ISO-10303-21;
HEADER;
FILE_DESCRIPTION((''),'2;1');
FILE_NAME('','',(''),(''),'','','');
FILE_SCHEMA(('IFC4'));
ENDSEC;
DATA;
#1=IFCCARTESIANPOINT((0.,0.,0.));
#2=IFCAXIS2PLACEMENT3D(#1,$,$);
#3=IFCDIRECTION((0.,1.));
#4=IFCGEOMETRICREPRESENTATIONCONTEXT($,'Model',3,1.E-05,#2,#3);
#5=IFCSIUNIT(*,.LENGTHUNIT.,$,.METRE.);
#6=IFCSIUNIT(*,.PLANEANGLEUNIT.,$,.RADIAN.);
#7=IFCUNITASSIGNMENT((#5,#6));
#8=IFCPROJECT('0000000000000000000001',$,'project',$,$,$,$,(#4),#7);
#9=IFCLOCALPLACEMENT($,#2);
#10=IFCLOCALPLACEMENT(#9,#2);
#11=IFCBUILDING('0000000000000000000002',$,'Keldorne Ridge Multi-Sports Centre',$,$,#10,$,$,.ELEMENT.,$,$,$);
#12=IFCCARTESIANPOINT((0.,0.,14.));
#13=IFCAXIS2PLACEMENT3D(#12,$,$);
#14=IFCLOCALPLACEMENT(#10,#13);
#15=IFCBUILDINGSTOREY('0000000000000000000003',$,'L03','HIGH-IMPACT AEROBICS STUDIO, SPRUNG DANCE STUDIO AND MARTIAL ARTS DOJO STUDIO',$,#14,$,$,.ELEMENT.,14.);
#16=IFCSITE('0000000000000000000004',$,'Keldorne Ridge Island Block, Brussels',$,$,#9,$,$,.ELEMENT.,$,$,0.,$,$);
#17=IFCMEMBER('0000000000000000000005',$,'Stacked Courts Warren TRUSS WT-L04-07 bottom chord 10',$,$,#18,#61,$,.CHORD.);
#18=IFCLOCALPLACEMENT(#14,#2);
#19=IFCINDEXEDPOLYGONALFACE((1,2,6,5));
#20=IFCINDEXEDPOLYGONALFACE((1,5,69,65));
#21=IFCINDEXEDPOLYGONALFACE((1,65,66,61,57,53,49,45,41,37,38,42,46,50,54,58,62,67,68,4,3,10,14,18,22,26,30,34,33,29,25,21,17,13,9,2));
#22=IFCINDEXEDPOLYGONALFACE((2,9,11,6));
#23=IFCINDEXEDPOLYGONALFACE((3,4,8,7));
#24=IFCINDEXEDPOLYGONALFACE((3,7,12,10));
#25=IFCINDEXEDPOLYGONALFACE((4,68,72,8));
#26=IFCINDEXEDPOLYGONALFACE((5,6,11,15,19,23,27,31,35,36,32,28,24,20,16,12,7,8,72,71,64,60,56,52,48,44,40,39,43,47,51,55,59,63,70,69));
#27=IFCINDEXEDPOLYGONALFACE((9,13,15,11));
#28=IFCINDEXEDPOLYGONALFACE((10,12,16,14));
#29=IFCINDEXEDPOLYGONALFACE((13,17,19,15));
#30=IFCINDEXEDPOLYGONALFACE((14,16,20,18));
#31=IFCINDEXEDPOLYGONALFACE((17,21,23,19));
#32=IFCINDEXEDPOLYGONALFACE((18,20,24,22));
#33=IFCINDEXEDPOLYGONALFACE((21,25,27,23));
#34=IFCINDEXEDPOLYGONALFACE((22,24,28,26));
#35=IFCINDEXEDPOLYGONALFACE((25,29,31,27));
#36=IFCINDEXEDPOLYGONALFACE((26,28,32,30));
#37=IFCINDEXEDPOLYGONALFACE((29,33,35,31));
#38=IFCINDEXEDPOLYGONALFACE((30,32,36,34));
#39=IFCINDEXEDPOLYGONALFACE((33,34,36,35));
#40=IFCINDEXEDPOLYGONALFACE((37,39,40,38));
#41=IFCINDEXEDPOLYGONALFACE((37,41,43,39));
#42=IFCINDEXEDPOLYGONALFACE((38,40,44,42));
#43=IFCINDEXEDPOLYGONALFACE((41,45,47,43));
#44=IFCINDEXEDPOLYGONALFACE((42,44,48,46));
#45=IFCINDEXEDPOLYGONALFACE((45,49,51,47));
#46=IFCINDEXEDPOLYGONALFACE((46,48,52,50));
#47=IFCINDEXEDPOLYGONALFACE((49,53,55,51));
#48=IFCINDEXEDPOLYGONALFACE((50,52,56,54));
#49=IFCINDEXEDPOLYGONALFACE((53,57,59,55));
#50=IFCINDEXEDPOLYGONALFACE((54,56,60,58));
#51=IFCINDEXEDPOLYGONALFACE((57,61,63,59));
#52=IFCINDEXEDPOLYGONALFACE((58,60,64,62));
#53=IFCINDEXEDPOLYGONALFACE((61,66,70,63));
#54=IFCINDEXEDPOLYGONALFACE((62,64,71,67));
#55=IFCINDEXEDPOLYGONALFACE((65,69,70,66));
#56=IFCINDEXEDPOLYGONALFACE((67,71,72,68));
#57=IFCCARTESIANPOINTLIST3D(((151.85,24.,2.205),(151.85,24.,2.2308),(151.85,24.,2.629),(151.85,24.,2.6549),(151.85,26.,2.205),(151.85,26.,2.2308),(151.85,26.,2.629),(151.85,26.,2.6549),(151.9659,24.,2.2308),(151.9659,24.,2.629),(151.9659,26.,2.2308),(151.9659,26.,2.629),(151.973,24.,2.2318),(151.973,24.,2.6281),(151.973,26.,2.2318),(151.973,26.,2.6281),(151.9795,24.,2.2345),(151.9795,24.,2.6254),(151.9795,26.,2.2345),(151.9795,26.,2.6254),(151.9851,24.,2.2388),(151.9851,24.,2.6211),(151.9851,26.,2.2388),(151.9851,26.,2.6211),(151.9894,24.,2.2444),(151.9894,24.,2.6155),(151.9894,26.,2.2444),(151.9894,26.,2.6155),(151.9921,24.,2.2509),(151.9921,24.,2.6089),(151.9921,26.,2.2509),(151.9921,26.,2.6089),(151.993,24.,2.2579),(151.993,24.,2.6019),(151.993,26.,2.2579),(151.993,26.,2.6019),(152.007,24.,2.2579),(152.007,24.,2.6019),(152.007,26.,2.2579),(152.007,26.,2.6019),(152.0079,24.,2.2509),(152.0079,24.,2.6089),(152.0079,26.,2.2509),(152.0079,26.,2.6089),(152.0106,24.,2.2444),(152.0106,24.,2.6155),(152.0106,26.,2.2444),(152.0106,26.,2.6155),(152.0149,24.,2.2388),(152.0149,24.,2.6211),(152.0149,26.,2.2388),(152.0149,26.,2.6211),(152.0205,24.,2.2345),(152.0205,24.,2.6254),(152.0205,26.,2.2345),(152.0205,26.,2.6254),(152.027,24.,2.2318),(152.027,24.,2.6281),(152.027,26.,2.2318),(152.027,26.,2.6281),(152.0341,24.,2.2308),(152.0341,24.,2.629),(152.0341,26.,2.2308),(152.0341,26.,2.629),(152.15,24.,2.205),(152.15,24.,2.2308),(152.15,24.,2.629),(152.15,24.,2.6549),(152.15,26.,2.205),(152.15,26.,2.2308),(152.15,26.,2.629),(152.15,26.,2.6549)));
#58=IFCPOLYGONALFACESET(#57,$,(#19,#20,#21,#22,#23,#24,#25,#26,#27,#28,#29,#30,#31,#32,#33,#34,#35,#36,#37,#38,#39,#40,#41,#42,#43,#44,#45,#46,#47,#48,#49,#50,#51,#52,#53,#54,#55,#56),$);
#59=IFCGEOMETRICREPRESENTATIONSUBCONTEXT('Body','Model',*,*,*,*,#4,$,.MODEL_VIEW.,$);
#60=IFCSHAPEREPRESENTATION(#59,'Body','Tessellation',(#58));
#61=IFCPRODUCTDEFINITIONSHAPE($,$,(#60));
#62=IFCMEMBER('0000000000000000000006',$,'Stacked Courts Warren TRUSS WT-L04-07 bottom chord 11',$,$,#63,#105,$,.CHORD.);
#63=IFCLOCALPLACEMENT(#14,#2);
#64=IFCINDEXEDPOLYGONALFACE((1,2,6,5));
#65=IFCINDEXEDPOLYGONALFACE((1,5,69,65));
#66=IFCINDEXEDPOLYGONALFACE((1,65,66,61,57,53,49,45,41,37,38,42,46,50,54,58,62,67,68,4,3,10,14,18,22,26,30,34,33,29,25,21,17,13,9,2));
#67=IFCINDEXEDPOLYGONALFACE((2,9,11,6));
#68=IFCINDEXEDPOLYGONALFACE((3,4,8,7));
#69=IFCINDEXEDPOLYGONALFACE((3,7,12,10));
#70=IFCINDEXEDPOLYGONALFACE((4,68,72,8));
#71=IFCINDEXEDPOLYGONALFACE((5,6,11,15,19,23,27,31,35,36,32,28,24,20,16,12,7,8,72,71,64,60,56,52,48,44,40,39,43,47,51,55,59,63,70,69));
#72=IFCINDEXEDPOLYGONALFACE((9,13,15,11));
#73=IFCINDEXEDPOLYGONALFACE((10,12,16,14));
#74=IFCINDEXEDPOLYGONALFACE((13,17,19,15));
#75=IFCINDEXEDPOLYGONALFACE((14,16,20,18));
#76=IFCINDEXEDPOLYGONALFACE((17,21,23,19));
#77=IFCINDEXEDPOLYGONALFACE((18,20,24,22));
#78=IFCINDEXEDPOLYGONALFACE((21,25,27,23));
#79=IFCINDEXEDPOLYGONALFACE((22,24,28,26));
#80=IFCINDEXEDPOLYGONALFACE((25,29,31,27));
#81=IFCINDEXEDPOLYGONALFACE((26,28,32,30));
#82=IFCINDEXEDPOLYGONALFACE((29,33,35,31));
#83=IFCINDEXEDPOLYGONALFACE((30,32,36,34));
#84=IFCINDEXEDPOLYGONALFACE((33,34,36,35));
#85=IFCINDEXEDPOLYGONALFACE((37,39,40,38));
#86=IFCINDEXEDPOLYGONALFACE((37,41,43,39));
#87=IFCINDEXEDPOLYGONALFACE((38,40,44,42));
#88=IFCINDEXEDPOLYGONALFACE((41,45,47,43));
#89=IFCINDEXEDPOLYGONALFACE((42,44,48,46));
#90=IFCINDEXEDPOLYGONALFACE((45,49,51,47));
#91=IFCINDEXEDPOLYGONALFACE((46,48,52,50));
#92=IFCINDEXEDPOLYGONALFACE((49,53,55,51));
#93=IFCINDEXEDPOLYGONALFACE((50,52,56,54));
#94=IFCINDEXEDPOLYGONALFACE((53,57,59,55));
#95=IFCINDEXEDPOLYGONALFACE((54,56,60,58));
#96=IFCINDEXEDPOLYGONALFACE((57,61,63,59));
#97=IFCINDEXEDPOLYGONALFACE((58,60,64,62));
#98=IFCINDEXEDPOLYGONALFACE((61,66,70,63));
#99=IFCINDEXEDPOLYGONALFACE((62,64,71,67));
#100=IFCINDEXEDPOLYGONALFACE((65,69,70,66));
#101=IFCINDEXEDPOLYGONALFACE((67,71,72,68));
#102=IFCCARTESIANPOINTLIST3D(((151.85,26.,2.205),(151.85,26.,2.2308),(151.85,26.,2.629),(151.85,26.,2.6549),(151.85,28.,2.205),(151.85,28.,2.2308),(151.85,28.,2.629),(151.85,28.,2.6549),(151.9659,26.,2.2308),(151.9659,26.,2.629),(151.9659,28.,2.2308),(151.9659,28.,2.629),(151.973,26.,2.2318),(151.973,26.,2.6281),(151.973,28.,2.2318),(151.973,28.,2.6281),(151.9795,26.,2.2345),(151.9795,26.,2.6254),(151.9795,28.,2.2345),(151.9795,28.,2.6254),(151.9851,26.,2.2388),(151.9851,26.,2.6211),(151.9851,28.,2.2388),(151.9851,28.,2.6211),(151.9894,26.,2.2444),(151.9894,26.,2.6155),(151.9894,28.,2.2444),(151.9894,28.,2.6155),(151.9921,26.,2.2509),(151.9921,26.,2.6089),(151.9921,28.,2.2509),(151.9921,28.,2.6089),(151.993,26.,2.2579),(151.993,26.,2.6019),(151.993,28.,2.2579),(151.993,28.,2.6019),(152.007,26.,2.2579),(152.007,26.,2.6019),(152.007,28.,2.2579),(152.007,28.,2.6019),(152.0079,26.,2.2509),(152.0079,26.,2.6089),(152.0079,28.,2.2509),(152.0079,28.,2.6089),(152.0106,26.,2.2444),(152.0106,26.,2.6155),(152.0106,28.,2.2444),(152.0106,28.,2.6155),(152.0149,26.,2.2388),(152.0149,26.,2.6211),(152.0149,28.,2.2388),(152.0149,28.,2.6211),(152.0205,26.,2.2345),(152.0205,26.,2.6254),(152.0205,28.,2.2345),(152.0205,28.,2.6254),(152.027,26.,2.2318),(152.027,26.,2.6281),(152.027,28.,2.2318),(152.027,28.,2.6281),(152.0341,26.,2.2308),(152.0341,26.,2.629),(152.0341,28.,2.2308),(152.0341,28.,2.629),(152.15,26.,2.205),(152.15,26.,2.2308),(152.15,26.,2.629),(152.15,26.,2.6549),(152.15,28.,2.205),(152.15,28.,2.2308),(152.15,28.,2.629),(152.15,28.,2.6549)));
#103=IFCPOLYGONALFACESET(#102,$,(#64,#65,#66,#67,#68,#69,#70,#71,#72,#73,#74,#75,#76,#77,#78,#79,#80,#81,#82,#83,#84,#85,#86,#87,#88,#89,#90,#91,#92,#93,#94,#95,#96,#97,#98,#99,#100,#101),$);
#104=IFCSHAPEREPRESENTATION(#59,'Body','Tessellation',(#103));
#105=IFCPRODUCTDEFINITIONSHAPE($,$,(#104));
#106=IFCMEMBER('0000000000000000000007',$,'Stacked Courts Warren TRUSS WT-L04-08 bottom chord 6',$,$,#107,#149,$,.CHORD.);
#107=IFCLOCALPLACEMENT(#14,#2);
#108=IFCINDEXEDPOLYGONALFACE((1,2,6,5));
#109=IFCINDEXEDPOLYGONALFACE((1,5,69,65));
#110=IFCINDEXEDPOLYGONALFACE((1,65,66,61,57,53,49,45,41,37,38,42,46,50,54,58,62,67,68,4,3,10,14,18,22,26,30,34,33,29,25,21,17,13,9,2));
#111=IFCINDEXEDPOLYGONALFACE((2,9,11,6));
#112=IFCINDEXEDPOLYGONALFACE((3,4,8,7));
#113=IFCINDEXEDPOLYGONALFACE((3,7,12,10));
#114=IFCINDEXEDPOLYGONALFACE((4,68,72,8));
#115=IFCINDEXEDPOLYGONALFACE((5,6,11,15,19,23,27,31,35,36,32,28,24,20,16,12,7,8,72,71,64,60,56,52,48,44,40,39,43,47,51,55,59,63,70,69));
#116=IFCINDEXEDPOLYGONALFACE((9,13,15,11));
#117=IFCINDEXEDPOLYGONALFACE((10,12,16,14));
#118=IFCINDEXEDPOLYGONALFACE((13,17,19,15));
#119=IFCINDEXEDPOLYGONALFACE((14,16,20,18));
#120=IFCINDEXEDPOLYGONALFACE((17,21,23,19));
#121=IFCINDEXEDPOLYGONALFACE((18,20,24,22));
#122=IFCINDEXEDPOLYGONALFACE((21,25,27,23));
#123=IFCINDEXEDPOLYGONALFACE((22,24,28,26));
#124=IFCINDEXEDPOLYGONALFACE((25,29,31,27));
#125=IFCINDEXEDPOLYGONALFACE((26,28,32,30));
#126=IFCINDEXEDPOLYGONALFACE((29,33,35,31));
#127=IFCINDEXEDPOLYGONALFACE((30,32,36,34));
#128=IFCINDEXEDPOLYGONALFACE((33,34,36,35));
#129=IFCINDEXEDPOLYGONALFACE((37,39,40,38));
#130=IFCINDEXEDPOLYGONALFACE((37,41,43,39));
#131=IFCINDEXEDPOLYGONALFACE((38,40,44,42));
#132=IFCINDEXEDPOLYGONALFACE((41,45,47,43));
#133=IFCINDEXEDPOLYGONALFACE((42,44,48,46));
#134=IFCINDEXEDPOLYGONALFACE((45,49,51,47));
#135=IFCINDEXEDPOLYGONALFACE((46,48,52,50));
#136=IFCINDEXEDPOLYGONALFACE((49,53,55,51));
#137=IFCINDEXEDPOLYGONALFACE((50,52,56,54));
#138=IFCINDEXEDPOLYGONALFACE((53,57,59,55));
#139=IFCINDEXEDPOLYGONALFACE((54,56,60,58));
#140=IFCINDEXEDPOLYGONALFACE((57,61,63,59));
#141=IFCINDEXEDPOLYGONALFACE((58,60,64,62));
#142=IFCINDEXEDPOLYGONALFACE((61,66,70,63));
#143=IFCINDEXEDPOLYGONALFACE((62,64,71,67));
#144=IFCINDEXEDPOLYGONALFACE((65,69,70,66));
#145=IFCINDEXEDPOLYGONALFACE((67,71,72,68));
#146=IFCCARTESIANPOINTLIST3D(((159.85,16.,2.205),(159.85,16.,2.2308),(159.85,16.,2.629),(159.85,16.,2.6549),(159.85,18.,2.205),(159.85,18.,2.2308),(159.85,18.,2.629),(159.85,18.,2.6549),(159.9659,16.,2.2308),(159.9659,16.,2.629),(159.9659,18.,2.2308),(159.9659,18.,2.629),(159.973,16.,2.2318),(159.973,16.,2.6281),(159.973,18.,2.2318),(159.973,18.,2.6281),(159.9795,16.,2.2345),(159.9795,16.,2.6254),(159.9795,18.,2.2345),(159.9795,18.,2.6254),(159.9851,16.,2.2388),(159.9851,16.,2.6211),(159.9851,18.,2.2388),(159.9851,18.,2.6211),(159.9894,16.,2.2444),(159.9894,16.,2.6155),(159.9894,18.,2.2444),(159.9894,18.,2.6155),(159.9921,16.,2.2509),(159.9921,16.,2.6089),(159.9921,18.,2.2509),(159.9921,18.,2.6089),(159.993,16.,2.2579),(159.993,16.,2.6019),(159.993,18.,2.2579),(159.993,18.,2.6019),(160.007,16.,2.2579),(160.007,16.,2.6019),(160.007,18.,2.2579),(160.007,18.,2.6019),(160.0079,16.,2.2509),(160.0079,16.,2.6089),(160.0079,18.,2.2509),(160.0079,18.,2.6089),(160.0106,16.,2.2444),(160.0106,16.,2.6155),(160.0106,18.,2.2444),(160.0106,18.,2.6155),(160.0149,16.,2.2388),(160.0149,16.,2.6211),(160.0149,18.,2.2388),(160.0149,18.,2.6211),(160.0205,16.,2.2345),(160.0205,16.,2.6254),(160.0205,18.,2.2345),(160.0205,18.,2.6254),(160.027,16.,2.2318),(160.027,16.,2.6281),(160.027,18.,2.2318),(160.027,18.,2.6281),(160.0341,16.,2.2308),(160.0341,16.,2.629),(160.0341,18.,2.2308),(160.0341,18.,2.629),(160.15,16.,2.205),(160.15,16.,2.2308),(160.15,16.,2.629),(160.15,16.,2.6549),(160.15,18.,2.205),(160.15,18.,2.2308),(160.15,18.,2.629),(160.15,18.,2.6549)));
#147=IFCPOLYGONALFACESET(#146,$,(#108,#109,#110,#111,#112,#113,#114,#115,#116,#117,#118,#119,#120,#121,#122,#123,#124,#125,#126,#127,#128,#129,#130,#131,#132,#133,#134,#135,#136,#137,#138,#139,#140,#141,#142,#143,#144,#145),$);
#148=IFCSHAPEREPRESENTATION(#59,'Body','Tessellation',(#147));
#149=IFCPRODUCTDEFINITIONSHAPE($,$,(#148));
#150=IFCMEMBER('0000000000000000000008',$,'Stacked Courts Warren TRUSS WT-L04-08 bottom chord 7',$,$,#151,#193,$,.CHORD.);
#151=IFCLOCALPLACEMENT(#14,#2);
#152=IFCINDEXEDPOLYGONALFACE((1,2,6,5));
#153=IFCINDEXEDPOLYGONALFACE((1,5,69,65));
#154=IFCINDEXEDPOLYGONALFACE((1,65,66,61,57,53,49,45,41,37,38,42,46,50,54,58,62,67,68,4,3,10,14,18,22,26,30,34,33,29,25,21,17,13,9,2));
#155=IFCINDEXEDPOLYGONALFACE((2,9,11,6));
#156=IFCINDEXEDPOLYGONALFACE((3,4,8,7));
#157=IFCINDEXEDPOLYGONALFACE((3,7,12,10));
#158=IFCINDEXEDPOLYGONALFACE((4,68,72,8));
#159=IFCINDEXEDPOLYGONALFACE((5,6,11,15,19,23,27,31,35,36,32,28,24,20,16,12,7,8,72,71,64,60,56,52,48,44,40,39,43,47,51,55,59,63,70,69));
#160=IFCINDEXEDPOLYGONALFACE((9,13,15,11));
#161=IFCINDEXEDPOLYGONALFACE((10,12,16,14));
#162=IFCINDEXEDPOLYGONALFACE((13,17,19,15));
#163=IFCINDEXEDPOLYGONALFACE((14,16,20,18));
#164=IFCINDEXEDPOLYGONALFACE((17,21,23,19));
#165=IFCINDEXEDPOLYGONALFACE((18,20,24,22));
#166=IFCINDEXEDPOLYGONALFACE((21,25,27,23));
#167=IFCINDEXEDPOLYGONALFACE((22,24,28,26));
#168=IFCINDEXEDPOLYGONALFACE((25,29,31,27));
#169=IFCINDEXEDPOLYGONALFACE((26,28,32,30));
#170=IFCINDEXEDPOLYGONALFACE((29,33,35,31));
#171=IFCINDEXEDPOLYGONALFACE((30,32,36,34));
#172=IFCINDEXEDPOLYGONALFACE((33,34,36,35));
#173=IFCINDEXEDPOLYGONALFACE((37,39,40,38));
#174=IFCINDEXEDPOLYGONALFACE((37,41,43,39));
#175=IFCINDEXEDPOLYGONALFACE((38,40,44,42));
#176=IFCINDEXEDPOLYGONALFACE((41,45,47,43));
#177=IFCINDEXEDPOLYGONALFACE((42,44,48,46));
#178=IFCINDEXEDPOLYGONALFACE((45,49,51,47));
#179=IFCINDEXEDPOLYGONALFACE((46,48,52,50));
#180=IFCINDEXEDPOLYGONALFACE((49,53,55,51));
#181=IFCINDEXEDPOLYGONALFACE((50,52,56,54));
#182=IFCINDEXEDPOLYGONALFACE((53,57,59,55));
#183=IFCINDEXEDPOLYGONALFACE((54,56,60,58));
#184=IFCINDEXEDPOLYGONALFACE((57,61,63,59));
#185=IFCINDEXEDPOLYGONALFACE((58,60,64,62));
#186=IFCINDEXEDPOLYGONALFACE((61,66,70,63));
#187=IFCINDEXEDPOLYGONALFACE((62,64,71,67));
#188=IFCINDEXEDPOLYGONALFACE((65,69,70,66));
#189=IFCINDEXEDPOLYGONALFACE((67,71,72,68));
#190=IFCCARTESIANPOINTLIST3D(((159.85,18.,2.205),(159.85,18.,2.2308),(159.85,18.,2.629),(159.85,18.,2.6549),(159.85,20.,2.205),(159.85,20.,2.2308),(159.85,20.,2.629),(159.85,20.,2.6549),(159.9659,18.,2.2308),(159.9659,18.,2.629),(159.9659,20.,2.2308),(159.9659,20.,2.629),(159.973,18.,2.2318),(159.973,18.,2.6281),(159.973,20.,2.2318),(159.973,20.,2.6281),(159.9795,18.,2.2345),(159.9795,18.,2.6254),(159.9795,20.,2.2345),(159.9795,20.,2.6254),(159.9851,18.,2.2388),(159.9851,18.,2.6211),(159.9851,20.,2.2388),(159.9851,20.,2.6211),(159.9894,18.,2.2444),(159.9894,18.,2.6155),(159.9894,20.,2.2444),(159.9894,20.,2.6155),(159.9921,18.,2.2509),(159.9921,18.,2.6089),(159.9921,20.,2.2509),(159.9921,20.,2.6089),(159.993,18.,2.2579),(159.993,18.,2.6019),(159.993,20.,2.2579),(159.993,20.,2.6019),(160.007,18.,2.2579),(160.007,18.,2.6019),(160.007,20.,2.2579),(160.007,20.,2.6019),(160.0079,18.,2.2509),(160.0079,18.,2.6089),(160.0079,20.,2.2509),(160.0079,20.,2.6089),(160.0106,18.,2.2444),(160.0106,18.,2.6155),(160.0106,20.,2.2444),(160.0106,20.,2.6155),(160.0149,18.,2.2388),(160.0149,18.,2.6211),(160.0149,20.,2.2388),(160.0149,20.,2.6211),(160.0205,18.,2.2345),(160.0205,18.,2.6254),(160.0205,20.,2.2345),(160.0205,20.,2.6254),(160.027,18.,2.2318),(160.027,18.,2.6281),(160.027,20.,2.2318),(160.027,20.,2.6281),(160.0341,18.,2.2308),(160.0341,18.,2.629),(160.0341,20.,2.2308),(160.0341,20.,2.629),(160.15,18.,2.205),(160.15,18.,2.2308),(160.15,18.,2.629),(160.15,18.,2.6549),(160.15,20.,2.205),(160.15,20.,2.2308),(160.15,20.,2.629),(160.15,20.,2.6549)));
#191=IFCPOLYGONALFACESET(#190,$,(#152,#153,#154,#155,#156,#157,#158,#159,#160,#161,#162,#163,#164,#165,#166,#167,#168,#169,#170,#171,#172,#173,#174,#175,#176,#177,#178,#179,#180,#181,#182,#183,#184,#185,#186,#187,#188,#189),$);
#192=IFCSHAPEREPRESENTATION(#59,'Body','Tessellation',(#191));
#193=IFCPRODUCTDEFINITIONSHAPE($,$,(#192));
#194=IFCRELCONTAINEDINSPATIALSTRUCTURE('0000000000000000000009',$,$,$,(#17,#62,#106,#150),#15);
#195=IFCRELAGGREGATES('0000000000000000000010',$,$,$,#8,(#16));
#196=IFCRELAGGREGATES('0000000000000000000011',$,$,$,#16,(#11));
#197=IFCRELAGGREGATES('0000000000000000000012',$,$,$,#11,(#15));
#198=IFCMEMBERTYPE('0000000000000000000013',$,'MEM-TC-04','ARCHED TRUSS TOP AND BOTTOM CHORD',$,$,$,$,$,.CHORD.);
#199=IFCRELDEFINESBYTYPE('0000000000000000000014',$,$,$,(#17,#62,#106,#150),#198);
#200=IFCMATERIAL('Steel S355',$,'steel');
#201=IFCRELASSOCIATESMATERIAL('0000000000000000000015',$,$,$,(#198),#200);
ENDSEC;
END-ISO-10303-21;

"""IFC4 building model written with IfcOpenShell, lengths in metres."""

from ifc_helpers import new_model, si_unit, direction, frame, origin, origin_2d, place, context, subcontext, project, spatial, i_section, extrude, material, material_profile, profile_set, type_object, element, save


model = new_model("IFC4")

# Units and contexts
model_context = context("Model", 3, precision=1e-05, world=origin(), true_north=direction((0.0, 1.0)))
body_context = subcontext(model_context, "Body", "Model", "MODEL_VIEW")
ifc_project = project(units=[si_unit("LENGTHUNIT", "METRE"), si_unit("PLANEANGLEUNIT", "RADIAN")], contexts=[model_context])

# Site, building, storey
site_placement = place(None, origin())
site = spatial("IfcSite", under=ifc_project, at=site_placement, Name="Keldorne Ridge Island Block, Brussels", CompositionType="ELEMENT", RefElevation=0.0)
building_placement = place(site_placement, origin())
building = spatial("IfcBuilding", under=site, at=building_placement, Name="Keldorne Ridge Multi-Sports Centre", CompositionType="ELEMENT")
storey_placement = place(building_placement, frame((0.0, 0.0, 14.0)))
storey = spatial("IfcBuildingStorey", under=building, at=storey_placement, Name="L03", Description="HIGH-IMPACT AEROBICS STUDIO, SPRUNG DANCE STUDIO AND MARTIAL ARTS DOJO STUDIO", CompositionType="ELEMENT", Elevation=14.0)

# Members
ifc_material = material(Name="Steel S355", Category="steel")
ifc_material_profile_1 = material_profile(ifc_material, i_section(OverallWidth=0.3, OverallDepth=0.45, WebThickness=0.0139, FlangeThickness=0.0259, FilletRadius=0.0271, at=origin_2d()), Name="HEB 450")
ifc_profile_set_1 = profile_set([ifc_material_profile_1], Name="Steel S355")
member_type_1 = type_object("IfcMemberType", Name="MEM-TC-04", Description="ARCHED TRUSS TOP AND BOTTOM CHORD", PredefinedType="CHORD", material=ifc_profile_set_1)
for number, where, z_axis, x_axis, name in (
    (1, (152.0, 24.0, 2.4299), (0.0, 1.0, 0.0), (-1.0, 0.0, 0.0), "Stacked Courts Warren TRUSS WT-L04-07 bottom chord 10"),
    (2, (152.0, 26.0, 2.4299), (0.0, 1.0, 0.0), (-1.0, 0.0, 0.0), "Stacked Courts Warren TRUSS WT-L04-07 bottom chord 11"),
    (3, (160.0, 16.0, 2.4299), (0.0, 1.0, 0.0), (-1.0, 0.0, 0.0), "Stacked Courts Warren TRUSS WT-L04-08 bottom chord 6"),
    (4, (160.0, 18.0, 2.4299), (0.0, 1.0, 0.0), (-1.0, 0.0, 0.0), "Stacked Courts Warren TRUSS WT-L04-08 bottom chord 7"),
):
    element("IfcMember", number, at=place(storey_placement, frame(where, z_axis=z_axis, x_axis=x_axis)), inside=storey, type_object=member_type_1, Name=name, PredefinedType="CHORD", context=body_context, shape_type="SweptSolid", body=[
        extrude(i_section(OverallWidth=0.3, OverallDepth=0.45, WebThickness=0.0139, FlangeThickness=0.0259, FilletRadius=0.0271, at=origin_2d()), origin(), (0.0, 0.0, 1.0), 2.0),
    ])

save(model, "model.ifc")
